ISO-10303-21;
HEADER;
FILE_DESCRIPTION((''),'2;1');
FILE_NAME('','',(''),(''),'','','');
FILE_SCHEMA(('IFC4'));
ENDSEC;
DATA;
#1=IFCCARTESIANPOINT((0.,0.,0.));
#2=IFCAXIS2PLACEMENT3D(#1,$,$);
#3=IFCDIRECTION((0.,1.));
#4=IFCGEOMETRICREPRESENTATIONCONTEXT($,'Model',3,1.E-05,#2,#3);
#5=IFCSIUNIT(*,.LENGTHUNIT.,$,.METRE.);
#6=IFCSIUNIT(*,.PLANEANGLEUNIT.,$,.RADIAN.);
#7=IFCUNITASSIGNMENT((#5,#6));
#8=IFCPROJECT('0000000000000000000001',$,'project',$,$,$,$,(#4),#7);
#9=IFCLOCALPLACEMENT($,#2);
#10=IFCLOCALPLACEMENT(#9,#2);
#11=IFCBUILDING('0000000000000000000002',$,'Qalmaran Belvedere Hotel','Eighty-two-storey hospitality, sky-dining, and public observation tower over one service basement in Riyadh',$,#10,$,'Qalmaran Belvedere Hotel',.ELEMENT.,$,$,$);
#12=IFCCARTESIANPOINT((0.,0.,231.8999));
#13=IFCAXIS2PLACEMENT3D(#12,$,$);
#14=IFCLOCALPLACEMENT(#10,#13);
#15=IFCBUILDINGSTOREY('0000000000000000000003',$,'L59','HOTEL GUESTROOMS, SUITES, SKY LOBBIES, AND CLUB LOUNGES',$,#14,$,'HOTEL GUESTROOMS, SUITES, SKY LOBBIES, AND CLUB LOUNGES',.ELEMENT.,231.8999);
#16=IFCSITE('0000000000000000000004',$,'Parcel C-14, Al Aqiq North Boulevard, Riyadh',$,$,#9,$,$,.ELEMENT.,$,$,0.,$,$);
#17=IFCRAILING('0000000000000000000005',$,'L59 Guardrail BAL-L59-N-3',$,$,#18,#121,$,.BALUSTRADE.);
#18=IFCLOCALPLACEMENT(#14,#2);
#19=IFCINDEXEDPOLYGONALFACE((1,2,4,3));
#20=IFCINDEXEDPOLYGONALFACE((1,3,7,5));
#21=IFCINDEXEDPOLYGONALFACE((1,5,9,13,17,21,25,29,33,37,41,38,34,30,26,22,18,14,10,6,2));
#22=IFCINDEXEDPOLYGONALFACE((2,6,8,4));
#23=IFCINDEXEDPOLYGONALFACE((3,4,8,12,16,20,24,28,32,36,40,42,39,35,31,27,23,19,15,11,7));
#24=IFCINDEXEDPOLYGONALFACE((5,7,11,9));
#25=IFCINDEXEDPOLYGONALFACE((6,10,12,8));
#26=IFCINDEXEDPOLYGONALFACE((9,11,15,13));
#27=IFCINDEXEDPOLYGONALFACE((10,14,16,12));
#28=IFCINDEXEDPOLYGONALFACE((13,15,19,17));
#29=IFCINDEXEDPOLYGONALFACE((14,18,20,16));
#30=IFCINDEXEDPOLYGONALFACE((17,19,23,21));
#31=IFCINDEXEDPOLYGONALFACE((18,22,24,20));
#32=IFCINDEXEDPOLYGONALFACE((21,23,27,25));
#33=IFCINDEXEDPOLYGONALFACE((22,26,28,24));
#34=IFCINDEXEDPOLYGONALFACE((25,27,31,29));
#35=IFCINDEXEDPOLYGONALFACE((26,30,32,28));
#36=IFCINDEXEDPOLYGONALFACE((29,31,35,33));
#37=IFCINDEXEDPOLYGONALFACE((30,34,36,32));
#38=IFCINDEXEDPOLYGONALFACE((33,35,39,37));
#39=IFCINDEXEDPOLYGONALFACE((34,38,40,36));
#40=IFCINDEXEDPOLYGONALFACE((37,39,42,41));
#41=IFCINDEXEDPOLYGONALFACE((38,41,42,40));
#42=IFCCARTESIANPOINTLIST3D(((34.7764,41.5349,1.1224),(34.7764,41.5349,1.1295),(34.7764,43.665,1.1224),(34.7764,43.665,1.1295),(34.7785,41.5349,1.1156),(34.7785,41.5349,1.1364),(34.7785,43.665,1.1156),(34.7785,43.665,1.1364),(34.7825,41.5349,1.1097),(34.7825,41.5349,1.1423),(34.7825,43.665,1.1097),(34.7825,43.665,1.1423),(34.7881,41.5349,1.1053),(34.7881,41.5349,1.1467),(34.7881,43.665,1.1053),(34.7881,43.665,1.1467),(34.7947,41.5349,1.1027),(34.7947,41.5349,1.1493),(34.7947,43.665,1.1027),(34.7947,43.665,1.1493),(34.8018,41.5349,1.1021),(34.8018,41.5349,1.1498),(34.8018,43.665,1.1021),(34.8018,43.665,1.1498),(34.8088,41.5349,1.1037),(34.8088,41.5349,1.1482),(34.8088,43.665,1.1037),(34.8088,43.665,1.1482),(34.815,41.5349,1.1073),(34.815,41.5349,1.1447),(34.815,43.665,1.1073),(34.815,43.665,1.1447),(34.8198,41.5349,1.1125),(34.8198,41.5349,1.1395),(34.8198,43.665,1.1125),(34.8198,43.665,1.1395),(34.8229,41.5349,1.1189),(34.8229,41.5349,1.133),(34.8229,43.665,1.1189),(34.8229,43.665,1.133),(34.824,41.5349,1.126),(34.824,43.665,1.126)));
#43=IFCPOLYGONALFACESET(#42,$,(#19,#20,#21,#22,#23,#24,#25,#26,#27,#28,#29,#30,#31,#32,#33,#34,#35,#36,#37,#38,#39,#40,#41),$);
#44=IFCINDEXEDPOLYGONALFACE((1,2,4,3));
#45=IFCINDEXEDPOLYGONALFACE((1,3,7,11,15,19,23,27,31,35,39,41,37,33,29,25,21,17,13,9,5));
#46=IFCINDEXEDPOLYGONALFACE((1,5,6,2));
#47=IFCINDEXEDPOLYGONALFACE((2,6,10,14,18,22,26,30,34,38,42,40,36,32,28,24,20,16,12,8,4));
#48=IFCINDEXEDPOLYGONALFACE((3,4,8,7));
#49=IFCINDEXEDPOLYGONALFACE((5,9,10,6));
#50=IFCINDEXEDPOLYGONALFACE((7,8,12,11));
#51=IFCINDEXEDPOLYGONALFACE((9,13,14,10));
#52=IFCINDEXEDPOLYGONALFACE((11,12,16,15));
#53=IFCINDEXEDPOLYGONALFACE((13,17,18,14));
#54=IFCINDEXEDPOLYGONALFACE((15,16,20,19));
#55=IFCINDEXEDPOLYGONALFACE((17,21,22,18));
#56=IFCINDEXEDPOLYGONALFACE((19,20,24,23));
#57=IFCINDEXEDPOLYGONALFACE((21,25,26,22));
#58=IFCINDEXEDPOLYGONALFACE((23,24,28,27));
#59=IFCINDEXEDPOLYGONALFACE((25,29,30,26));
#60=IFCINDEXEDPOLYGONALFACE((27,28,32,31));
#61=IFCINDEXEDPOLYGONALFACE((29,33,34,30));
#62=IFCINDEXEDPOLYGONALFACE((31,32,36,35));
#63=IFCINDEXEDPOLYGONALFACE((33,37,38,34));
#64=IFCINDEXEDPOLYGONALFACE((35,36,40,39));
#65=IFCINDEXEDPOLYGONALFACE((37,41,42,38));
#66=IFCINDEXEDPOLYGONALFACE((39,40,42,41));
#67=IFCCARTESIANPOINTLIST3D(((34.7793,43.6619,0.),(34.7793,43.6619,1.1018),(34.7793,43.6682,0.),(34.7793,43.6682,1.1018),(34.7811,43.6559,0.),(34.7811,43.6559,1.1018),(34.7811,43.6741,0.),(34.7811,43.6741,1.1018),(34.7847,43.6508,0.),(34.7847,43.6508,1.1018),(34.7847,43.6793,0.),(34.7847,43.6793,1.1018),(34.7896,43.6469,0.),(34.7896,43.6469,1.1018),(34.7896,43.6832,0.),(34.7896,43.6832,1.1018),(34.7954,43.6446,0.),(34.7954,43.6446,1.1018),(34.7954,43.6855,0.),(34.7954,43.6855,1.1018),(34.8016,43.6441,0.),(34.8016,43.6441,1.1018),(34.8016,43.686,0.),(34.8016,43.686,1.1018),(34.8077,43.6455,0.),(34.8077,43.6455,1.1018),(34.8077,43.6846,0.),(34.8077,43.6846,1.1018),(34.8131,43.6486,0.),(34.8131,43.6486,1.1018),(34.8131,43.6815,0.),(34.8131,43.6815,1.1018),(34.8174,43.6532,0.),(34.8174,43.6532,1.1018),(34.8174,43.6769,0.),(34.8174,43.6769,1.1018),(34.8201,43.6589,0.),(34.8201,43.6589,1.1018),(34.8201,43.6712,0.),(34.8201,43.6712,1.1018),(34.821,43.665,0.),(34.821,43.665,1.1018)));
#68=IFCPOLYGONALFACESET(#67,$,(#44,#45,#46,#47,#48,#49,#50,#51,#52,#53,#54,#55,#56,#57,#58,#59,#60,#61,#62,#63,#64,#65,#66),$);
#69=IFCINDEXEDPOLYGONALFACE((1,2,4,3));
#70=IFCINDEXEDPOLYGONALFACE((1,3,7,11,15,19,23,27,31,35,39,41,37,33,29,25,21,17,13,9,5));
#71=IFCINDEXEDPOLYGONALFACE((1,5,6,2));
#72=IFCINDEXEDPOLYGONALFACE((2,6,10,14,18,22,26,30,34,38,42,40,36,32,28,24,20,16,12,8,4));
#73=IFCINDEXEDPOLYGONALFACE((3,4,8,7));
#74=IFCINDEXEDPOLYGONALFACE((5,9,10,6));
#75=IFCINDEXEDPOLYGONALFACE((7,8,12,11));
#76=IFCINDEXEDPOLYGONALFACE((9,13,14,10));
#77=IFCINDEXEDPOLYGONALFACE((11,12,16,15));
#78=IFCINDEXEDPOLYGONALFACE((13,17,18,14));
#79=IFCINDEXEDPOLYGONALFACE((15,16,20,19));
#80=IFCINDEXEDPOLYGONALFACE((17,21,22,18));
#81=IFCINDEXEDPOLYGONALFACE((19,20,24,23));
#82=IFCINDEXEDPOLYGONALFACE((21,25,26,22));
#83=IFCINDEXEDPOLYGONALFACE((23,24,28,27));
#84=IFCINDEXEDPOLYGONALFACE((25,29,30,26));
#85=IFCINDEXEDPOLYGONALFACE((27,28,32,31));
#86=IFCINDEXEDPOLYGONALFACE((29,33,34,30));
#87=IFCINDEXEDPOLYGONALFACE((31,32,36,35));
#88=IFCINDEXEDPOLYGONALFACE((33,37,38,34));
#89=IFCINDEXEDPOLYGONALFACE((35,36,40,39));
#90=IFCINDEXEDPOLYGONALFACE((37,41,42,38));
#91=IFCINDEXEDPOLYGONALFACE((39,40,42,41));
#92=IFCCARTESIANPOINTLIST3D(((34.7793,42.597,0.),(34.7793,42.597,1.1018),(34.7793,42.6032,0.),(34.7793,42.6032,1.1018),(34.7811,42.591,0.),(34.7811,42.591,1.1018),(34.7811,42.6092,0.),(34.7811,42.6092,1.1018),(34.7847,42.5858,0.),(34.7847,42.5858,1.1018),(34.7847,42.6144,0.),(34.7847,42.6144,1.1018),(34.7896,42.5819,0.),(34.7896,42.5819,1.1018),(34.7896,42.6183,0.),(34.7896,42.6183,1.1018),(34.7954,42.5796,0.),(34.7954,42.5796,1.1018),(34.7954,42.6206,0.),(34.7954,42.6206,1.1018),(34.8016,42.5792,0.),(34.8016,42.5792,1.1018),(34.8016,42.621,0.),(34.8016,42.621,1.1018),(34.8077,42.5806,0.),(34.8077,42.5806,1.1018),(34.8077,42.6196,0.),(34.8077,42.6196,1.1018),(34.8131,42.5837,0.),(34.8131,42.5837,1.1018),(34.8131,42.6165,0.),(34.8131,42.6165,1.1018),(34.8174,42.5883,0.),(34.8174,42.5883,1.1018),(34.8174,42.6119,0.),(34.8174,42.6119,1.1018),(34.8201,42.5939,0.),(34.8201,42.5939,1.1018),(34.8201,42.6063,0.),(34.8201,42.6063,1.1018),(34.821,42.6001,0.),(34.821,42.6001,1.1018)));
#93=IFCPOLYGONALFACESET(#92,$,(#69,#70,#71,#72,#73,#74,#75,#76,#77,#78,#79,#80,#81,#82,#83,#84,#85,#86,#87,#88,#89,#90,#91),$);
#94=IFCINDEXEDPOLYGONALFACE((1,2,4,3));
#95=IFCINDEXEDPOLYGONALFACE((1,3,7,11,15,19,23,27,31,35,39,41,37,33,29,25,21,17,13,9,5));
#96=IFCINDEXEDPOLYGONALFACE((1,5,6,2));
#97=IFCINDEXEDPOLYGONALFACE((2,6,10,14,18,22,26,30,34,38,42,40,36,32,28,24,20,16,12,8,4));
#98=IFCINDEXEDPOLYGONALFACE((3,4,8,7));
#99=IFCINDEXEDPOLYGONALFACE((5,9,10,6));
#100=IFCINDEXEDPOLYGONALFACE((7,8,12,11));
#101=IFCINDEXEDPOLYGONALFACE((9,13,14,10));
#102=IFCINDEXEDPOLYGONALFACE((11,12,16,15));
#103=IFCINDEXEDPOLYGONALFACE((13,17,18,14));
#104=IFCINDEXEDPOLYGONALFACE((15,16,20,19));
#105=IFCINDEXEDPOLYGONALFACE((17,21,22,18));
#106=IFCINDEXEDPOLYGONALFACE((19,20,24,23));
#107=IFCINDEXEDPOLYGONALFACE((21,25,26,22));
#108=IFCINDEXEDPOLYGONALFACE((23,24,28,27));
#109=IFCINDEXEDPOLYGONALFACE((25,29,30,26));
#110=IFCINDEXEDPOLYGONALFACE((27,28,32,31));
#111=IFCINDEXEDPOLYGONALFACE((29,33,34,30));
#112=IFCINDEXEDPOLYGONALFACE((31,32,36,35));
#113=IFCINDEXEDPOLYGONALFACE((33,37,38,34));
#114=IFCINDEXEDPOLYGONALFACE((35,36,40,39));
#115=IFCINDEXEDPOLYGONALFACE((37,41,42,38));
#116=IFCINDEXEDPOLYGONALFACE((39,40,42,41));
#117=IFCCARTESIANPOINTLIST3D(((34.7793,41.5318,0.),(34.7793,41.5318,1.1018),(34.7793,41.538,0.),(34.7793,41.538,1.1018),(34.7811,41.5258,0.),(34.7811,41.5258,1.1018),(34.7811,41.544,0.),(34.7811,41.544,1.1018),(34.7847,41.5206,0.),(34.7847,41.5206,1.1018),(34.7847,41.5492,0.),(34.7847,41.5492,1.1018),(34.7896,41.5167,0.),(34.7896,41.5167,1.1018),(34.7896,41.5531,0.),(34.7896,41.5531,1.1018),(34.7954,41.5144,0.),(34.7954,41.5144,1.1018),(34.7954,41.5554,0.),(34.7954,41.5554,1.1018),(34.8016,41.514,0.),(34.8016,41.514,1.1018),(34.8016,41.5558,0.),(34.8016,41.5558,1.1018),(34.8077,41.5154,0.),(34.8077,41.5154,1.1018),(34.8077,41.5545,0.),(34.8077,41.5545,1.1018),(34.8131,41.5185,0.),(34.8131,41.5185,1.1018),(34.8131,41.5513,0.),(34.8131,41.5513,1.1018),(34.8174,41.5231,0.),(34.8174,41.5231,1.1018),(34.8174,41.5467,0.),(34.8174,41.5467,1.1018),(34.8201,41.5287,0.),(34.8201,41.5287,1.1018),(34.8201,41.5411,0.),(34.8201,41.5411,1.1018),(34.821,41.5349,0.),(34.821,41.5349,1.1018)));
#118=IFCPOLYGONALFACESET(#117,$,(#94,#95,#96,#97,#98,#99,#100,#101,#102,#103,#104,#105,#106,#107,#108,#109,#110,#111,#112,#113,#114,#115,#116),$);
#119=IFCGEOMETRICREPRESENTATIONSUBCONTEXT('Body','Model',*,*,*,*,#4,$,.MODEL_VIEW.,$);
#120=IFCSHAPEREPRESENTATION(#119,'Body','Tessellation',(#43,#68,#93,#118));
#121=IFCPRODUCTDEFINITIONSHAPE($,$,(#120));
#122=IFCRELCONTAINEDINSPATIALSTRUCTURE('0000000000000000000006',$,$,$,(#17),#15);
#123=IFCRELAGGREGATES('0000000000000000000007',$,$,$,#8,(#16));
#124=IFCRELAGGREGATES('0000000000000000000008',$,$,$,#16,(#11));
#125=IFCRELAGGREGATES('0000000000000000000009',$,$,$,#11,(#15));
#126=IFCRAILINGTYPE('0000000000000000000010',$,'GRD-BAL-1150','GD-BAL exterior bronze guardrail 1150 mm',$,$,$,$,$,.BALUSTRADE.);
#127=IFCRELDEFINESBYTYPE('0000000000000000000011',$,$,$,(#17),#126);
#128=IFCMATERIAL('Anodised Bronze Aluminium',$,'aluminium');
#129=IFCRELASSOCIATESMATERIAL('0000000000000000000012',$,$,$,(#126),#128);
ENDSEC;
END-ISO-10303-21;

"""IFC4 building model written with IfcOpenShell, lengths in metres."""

from ifc_helpers import new_model, si_unit, direction, frame, origin, origin_2d, place, context, subcontext, project, spatial, circle, extrude, material, type_object, element, save


model = new_model("IFC4")

# Units and contexts
model_context = context("Model", 3, precision=1e-05, world=origin(), true_north=direction((0.0, 1.0)))
body_context = subcontext(model_context, "Body", "Model", "MODEL_VIEW")
ifc_project = project(units=[si_unit("LENGTHUNIT", "METRE"), si_unit("PLANEANGLEUNIT", "RADIAN")], contexts=[model_context])

# Site, building, storey
site_placement = place(None, origin())
site = spatial("IfcSite", under=ifc_project, at=site_placement, Name="Parcel C-14, Al Aqiq North Boulevard, Riyadh", CompositionType="ELEMENT", RefElevation=0.0)
building_placement = place(site_placement, origin())
building = spatial("IfcBuilding", under=site, at=building_placement, Name="Qalmaran Belvedere Hotel", Description="Eighty-two-storey hospitality, sky-dining, and public observation tower over one service basement in Riyadh", LongName="Qalmaran Belvedere Hotel", CompositionType="ELEMENT")
storey_placement = place(building_placement, frame((0.0, 0.0, 231.8999)))
storey = spatial("IfcBuildingStorey", under=building, at=storey_placement, Name="L59", Description="HOTEL GUESTROOMS, SUITES, SKY LOBBIES, AND CLUB LOUNGES", LongName="HOTEL GUESTROOMS, SUITES, SKY LOBBIES, AND CLUB LOUNGES", CompositionType="ELEMENT", Elevation=231.8999)

# Shared definitions
ifc_material_1 = material(Name="Anodised Bronze Aluminium", Category="aluminium")

# Railing
railing_type = type_object("IfcRailingType", Name="GRD-BAL-1150", Description="GD-BAL exterior bronze guardrail 1150 mm", PredefinedType="BALUSTRADE", material=ifc_material_1)
railing_1_placement = place(storey_placement, frame((34.8, 43.665, 0.0)))
element("IfcRailing", 1, at=railing_1_placement, inside=storey, type_object=railing_type, Name="L59 Guardrail BAL-L59-N-3", PredefinedType="BALUSTRADE", context=body_context, shape_type="SweptSolid", body=[
    extrude(circle(Radius=0.0239, at=origin_2d()), frame((0.0, 0.0, 1.126), z_axis=(0.0, -1.0, 0.0), x_axis=(1.0, 0.0, 0.0)), (0.0, 0.0, 1.0), 2.1301),
    extrude(circle(Radius=0.021, at=origin_2d()), origin(), (0.0, 0.0, 1.0), 1.1018),
    extrude(circle(Radius=0.021, at=origin_2d()), frame((0.0, -1.0649, 0.0)), (0.0, 0.0, 1.0), 1.1018),
    extrude(circle(Radius=0.021, at=origin_2d()), frame((0.0, -2.1301, 0.0)), (0.0, 0.0, 1.0), 1.1018),
])

save(model, "model.ifc")
